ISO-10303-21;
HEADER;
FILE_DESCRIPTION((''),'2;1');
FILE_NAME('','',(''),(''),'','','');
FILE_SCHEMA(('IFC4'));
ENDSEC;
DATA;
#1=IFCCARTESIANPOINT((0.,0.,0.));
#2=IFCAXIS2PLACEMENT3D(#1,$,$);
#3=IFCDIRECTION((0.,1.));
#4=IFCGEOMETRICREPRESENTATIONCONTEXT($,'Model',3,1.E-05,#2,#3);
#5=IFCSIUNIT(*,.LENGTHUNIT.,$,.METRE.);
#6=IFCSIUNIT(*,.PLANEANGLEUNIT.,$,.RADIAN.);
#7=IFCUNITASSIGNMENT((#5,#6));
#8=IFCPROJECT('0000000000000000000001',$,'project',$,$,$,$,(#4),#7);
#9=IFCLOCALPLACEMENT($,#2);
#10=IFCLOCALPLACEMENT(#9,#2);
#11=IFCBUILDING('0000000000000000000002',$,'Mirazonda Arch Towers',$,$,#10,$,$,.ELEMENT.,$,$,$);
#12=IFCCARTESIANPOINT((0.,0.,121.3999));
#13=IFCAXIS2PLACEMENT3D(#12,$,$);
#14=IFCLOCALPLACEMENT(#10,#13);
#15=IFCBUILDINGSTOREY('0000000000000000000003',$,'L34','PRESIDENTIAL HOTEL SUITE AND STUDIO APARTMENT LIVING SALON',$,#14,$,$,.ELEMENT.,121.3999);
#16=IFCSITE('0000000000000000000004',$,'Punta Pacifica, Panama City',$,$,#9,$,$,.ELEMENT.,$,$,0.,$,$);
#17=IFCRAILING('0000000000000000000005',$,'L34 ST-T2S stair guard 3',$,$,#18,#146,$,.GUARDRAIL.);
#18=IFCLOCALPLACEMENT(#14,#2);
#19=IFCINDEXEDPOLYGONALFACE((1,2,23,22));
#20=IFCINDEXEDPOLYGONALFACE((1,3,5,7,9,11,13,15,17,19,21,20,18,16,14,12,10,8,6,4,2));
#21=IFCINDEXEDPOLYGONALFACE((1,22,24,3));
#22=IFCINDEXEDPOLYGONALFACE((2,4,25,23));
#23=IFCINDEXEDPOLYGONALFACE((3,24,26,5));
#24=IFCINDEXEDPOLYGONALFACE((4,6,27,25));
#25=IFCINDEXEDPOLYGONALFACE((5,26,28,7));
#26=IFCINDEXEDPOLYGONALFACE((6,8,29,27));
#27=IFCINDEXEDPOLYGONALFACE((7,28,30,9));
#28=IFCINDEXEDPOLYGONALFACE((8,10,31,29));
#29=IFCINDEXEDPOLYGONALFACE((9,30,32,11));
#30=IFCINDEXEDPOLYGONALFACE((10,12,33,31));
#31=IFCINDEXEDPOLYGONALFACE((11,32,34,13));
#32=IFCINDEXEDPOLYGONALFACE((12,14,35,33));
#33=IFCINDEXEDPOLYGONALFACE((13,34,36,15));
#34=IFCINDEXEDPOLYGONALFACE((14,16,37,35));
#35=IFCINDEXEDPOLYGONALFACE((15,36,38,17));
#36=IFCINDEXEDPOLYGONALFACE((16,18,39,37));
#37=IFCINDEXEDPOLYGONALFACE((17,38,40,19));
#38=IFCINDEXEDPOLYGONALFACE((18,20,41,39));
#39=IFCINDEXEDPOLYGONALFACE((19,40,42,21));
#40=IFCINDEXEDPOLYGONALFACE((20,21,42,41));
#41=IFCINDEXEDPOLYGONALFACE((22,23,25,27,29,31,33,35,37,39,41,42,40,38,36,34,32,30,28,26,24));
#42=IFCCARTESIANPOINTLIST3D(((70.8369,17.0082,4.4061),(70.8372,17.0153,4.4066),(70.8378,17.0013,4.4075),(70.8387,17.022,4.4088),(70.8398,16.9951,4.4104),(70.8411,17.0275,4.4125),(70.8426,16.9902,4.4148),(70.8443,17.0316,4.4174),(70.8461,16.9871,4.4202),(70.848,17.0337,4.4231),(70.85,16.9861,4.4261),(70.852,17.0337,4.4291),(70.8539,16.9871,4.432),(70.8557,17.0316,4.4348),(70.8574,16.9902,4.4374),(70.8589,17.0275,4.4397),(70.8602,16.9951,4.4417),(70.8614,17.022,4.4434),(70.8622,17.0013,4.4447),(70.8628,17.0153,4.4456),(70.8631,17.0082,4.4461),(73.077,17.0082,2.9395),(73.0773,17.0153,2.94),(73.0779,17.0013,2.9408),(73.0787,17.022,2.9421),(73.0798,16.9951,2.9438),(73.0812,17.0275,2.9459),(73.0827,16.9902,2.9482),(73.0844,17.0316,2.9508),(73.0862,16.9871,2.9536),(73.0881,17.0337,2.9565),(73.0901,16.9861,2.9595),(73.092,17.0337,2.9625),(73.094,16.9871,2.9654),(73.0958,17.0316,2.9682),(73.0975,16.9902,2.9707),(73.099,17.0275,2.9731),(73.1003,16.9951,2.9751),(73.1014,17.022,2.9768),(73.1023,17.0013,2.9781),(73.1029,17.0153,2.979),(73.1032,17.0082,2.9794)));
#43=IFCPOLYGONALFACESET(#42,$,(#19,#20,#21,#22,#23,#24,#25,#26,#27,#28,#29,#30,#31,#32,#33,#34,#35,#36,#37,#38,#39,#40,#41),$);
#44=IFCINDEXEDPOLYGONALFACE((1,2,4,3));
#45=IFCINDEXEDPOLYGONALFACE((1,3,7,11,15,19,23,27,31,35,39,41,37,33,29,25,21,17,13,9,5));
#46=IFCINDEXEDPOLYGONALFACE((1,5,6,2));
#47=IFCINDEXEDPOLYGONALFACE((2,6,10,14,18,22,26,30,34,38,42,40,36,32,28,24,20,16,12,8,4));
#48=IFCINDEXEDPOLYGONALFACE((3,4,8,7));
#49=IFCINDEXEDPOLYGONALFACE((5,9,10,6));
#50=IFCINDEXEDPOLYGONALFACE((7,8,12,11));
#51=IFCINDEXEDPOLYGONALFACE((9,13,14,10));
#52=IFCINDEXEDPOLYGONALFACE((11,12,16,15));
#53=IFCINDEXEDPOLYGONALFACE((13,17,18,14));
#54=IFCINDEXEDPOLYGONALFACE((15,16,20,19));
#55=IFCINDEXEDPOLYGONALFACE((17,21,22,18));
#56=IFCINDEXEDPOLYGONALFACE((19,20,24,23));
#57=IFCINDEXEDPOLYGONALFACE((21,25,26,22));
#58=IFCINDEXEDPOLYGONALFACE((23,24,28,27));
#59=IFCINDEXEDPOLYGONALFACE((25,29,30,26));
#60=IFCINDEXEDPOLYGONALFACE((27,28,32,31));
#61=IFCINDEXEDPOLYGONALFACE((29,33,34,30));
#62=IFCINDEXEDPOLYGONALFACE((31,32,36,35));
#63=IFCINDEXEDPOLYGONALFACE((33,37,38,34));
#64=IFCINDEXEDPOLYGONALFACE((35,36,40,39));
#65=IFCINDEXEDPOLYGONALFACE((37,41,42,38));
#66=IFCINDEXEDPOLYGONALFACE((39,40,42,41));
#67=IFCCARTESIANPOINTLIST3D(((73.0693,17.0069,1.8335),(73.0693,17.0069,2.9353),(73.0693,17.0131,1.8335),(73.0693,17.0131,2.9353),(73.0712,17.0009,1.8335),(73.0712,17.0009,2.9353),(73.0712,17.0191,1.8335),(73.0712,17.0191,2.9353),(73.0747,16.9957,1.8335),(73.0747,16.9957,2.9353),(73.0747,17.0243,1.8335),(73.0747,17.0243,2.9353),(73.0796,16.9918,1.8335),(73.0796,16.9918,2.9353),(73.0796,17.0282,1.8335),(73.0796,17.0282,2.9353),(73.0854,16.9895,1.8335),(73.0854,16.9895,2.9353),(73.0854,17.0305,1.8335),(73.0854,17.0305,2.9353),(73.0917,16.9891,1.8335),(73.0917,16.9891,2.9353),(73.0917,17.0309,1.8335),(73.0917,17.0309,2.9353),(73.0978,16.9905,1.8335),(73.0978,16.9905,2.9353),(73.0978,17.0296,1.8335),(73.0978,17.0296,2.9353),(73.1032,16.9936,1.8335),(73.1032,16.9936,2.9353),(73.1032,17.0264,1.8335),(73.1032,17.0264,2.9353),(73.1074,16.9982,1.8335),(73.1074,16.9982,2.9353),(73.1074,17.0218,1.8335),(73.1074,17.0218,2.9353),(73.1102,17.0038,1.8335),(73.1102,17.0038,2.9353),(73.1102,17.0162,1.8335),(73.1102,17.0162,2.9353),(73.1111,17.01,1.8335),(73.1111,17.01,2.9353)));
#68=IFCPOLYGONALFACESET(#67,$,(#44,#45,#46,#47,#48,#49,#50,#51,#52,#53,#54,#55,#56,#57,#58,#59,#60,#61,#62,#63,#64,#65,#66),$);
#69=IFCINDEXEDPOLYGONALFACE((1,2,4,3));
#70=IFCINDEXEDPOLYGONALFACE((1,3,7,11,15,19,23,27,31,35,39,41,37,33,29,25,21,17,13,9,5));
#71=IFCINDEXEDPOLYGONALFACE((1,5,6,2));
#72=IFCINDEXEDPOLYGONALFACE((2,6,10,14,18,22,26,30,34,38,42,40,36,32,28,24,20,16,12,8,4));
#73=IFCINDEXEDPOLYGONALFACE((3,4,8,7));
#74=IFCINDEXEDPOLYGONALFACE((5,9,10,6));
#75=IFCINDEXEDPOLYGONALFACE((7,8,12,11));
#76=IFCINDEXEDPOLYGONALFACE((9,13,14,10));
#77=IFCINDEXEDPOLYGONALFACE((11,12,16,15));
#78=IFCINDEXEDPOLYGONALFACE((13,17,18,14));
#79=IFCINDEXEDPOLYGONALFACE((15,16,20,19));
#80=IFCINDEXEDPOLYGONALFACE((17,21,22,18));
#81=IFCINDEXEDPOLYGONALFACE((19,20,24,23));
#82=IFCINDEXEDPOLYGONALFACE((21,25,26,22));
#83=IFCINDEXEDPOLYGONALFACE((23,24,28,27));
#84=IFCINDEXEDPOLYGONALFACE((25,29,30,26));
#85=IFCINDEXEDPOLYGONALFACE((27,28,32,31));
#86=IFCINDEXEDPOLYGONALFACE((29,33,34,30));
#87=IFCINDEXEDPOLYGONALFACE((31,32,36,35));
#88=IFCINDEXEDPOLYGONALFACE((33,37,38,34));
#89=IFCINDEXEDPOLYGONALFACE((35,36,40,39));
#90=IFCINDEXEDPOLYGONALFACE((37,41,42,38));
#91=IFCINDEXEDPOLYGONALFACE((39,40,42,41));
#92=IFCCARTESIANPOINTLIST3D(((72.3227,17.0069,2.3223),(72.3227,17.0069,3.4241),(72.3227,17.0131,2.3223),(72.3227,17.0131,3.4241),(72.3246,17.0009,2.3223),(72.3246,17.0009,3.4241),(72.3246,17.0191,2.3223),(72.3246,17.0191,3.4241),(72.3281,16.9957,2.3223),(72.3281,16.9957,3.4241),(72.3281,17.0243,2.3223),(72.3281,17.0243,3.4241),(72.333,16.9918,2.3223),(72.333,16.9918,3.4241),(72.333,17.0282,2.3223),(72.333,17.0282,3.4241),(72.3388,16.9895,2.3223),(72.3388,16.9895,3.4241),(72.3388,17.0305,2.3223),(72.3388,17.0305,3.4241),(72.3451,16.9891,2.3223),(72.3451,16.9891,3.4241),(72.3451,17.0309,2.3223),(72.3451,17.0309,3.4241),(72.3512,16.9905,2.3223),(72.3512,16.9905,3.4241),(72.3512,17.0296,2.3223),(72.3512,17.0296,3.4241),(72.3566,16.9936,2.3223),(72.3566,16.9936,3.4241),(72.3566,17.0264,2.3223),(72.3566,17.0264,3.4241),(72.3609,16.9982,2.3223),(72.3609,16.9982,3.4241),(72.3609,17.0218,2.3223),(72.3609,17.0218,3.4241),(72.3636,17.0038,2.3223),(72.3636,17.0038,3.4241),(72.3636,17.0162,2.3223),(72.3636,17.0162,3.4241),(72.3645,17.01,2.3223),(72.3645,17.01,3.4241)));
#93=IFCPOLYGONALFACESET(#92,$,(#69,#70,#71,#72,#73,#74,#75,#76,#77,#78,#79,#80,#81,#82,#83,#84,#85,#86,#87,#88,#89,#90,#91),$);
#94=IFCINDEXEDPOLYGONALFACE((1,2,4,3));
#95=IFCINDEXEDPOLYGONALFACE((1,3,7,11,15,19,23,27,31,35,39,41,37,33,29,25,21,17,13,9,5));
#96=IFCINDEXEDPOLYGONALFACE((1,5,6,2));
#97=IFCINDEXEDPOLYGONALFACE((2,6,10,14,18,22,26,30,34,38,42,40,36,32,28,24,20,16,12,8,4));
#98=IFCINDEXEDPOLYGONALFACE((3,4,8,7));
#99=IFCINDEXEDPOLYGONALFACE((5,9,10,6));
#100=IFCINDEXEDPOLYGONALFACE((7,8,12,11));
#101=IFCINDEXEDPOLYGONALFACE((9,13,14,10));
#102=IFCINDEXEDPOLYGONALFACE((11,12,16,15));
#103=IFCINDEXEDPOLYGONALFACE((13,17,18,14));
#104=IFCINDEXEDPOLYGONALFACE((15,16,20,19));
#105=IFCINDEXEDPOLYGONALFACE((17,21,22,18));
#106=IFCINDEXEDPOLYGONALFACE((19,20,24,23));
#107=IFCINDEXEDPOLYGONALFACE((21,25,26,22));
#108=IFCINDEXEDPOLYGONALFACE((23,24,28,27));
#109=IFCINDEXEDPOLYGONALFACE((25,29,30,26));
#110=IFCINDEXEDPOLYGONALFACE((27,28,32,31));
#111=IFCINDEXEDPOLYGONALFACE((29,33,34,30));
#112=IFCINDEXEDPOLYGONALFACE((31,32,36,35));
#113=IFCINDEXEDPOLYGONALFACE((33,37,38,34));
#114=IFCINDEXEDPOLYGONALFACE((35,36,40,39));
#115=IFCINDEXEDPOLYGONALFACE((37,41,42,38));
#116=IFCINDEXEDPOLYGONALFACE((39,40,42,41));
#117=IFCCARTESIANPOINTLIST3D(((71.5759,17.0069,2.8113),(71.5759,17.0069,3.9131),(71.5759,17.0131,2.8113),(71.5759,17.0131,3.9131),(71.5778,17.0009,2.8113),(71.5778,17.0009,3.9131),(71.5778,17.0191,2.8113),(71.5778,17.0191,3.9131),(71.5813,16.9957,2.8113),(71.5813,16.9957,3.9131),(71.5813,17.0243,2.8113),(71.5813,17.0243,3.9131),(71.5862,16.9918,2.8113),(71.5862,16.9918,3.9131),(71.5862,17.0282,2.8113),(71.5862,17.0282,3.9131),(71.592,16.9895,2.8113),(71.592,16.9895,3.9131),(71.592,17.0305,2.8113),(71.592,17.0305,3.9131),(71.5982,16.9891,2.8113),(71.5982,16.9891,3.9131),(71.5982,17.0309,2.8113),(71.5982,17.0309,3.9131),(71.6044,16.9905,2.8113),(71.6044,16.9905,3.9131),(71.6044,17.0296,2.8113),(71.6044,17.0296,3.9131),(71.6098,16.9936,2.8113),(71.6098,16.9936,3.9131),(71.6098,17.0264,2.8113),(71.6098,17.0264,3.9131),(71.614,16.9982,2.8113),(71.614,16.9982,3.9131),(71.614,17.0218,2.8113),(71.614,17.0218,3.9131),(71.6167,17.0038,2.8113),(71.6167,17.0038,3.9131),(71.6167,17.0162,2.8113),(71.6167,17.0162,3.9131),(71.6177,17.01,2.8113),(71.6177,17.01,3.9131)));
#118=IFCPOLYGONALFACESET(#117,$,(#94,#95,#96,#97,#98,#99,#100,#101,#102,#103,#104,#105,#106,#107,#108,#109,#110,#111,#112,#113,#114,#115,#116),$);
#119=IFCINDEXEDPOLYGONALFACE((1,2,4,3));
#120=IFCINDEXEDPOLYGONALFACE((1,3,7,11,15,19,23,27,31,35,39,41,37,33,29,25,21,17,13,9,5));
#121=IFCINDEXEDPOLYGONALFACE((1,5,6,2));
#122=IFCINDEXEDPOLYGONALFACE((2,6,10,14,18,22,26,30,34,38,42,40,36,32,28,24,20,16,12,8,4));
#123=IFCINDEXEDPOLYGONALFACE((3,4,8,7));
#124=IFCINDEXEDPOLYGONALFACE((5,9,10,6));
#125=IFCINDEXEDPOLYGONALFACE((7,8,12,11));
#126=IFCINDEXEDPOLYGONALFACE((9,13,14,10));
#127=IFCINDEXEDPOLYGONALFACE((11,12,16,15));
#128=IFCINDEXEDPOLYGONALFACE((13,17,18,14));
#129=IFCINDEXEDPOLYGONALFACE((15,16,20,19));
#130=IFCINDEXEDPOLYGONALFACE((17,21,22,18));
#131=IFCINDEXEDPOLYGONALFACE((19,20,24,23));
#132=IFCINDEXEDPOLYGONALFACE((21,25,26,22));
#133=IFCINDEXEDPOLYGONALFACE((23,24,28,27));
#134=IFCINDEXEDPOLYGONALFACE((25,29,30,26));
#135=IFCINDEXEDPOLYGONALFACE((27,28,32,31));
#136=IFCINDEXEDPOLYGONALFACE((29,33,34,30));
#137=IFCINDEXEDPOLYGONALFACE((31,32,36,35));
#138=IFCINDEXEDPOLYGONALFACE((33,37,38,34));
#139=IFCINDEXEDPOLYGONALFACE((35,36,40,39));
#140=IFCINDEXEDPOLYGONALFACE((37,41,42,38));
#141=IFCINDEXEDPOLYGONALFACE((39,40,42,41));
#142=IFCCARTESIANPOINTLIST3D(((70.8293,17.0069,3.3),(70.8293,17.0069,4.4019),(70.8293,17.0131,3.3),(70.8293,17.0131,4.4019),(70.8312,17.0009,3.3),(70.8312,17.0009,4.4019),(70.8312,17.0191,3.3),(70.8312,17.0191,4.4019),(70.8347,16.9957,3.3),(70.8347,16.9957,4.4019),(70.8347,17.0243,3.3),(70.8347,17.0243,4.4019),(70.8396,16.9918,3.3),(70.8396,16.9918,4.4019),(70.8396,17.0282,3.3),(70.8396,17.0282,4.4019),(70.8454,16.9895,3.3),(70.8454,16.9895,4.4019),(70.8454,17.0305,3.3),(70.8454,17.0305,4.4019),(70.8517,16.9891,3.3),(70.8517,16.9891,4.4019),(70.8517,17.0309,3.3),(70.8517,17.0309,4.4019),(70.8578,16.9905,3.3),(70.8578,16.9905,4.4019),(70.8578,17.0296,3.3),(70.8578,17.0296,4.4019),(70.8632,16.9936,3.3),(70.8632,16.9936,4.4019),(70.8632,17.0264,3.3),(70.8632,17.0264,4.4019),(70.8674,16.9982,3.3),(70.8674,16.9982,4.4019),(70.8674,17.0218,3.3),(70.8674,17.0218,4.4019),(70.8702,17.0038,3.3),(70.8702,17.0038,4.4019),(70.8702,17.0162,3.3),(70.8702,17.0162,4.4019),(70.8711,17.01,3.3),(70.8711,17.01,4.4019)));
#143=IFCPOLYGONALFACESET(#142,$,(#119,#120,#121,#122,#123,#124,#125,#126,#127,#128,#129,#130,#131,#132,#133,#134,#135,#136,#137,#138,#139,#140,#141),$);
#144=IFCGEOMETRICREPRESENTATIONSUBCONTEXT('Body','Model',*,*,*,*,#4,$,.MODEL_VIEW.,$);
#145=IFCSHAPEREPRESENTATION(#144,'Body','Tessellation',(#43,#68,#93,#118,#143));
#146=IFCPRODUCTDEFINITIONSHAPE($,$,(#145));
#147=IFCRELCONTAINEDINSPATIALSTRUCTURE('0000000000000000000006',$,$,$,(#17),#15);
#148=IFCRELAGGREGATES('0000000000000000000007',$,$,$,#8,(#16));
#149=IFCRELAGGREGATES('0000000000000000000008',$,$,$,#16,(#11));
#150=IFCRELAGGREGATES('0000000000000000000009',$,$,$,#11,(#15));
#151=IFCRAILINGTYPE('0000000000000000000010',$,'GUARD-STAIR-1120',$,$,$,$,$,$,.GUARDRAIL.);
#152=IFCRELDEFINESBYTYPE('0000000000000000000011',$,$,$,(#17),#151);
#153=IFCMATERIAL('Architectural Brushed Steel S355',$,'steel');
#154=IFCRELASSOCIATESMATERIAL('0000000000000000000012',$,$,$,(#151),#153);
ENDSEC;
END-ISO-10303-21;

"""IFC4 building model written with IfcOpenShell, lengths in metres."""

from ifc_helpers import new_model, si_unit, direction, frame, origin, origin_2d, place, context, subcontext, project, spatial, circle, extrude, material, type_object, element, save


model = new_model("IFC4")

# Units and contexts
model_context = context("Model", 3, precision=1e-05, world=origin(), true_north=direction((0.0, 1.0)))
body_context = subcontext(model_context, "Body", "Model", "MODEL_VIEW")
ifc_project = project(units=[si_unit("LENGTHUNIT", "METRE"), si_unit("PLANEANGLEUNIT", "RADIAN")], contexts=[model_context])

# Site, building, storey
site_placement = place(None, origin())
site = spatial("IfcSite", under=ifc_project, at=site_placement, Name="Punta Pacifica, Panama City", CompositionType="ELEMENT", RefElevation=0.0)
building_placement = place(site_placement, origin())
building = spatial("IfcBuilding", under=site, at=building_placement, Name="Mirazonda Arch Towers", CompositionType="ELEMENT")
storey_placement = place(building_placement, frame((0.0, 0.0, 121.3999)))
storey = spatial("IfcBuildingStorey", under=building, at=storey_placement, Name="L34", Description="PRESIDENTIAL HOTEL SUITE AND STUDIO APARTMENT LIVING SALON", CompositionType="ELEMENT", Elevation=121.3999)

# Railing
ifc_material_1 = material(Name="Architectural Brushed Steel S355", Category="steel")
railing_type_1 = type_object("IfcRailingType", Name="GUARD-STAIR-1120", PredefinedType="GUARDRAIL", material=ifc_material_1)
railing_1_placement = place(storey_placement, frame((73.0901, 17.01, 1.8335)))
element("IfcRailing", 1, at=railing_1_placement, inside=storey, type_object=railing_type_1, Name="L34 ST-T2S stair guard 3", PredefinedType="GUARDRAIL", context=body_context, shape_type="SweptSolid", body=[
    extrude(circle(Radius=0.0239, at=origin_2d()), frame((0.0, 0.0, 1.126), z_axis=(-0.836637, 0.0, 0.547758), x_axis=(0.0, -1.0, 0.0)), (0.0, 0.0, 1.0), 2.6775),
    extrude(circle(Radius=0.021, at=origin_2d()), origin(), (0.0, 0.0, 1.0), 1.1018),
    extrude(circle(Radius=0.021, at=origin_2d()), frame((-0.7466, 0.0, 0.4888)), (0.0, 0.0, 1.0), 1.1018),
    extrude(circle(Radius=0.021, at=origin_2d()), frame((-1.4934, 0.0, 0.9778)), (0.0, 0.0, 1.0), 1.1018),
    extrude(circle(Radius=0.021, at=origin_2d()), frame((-2.24, 0.0, 1.4666)), (0.0, 0.0, 1.0), 1.1018),
])

save(model, "model.ifc")
